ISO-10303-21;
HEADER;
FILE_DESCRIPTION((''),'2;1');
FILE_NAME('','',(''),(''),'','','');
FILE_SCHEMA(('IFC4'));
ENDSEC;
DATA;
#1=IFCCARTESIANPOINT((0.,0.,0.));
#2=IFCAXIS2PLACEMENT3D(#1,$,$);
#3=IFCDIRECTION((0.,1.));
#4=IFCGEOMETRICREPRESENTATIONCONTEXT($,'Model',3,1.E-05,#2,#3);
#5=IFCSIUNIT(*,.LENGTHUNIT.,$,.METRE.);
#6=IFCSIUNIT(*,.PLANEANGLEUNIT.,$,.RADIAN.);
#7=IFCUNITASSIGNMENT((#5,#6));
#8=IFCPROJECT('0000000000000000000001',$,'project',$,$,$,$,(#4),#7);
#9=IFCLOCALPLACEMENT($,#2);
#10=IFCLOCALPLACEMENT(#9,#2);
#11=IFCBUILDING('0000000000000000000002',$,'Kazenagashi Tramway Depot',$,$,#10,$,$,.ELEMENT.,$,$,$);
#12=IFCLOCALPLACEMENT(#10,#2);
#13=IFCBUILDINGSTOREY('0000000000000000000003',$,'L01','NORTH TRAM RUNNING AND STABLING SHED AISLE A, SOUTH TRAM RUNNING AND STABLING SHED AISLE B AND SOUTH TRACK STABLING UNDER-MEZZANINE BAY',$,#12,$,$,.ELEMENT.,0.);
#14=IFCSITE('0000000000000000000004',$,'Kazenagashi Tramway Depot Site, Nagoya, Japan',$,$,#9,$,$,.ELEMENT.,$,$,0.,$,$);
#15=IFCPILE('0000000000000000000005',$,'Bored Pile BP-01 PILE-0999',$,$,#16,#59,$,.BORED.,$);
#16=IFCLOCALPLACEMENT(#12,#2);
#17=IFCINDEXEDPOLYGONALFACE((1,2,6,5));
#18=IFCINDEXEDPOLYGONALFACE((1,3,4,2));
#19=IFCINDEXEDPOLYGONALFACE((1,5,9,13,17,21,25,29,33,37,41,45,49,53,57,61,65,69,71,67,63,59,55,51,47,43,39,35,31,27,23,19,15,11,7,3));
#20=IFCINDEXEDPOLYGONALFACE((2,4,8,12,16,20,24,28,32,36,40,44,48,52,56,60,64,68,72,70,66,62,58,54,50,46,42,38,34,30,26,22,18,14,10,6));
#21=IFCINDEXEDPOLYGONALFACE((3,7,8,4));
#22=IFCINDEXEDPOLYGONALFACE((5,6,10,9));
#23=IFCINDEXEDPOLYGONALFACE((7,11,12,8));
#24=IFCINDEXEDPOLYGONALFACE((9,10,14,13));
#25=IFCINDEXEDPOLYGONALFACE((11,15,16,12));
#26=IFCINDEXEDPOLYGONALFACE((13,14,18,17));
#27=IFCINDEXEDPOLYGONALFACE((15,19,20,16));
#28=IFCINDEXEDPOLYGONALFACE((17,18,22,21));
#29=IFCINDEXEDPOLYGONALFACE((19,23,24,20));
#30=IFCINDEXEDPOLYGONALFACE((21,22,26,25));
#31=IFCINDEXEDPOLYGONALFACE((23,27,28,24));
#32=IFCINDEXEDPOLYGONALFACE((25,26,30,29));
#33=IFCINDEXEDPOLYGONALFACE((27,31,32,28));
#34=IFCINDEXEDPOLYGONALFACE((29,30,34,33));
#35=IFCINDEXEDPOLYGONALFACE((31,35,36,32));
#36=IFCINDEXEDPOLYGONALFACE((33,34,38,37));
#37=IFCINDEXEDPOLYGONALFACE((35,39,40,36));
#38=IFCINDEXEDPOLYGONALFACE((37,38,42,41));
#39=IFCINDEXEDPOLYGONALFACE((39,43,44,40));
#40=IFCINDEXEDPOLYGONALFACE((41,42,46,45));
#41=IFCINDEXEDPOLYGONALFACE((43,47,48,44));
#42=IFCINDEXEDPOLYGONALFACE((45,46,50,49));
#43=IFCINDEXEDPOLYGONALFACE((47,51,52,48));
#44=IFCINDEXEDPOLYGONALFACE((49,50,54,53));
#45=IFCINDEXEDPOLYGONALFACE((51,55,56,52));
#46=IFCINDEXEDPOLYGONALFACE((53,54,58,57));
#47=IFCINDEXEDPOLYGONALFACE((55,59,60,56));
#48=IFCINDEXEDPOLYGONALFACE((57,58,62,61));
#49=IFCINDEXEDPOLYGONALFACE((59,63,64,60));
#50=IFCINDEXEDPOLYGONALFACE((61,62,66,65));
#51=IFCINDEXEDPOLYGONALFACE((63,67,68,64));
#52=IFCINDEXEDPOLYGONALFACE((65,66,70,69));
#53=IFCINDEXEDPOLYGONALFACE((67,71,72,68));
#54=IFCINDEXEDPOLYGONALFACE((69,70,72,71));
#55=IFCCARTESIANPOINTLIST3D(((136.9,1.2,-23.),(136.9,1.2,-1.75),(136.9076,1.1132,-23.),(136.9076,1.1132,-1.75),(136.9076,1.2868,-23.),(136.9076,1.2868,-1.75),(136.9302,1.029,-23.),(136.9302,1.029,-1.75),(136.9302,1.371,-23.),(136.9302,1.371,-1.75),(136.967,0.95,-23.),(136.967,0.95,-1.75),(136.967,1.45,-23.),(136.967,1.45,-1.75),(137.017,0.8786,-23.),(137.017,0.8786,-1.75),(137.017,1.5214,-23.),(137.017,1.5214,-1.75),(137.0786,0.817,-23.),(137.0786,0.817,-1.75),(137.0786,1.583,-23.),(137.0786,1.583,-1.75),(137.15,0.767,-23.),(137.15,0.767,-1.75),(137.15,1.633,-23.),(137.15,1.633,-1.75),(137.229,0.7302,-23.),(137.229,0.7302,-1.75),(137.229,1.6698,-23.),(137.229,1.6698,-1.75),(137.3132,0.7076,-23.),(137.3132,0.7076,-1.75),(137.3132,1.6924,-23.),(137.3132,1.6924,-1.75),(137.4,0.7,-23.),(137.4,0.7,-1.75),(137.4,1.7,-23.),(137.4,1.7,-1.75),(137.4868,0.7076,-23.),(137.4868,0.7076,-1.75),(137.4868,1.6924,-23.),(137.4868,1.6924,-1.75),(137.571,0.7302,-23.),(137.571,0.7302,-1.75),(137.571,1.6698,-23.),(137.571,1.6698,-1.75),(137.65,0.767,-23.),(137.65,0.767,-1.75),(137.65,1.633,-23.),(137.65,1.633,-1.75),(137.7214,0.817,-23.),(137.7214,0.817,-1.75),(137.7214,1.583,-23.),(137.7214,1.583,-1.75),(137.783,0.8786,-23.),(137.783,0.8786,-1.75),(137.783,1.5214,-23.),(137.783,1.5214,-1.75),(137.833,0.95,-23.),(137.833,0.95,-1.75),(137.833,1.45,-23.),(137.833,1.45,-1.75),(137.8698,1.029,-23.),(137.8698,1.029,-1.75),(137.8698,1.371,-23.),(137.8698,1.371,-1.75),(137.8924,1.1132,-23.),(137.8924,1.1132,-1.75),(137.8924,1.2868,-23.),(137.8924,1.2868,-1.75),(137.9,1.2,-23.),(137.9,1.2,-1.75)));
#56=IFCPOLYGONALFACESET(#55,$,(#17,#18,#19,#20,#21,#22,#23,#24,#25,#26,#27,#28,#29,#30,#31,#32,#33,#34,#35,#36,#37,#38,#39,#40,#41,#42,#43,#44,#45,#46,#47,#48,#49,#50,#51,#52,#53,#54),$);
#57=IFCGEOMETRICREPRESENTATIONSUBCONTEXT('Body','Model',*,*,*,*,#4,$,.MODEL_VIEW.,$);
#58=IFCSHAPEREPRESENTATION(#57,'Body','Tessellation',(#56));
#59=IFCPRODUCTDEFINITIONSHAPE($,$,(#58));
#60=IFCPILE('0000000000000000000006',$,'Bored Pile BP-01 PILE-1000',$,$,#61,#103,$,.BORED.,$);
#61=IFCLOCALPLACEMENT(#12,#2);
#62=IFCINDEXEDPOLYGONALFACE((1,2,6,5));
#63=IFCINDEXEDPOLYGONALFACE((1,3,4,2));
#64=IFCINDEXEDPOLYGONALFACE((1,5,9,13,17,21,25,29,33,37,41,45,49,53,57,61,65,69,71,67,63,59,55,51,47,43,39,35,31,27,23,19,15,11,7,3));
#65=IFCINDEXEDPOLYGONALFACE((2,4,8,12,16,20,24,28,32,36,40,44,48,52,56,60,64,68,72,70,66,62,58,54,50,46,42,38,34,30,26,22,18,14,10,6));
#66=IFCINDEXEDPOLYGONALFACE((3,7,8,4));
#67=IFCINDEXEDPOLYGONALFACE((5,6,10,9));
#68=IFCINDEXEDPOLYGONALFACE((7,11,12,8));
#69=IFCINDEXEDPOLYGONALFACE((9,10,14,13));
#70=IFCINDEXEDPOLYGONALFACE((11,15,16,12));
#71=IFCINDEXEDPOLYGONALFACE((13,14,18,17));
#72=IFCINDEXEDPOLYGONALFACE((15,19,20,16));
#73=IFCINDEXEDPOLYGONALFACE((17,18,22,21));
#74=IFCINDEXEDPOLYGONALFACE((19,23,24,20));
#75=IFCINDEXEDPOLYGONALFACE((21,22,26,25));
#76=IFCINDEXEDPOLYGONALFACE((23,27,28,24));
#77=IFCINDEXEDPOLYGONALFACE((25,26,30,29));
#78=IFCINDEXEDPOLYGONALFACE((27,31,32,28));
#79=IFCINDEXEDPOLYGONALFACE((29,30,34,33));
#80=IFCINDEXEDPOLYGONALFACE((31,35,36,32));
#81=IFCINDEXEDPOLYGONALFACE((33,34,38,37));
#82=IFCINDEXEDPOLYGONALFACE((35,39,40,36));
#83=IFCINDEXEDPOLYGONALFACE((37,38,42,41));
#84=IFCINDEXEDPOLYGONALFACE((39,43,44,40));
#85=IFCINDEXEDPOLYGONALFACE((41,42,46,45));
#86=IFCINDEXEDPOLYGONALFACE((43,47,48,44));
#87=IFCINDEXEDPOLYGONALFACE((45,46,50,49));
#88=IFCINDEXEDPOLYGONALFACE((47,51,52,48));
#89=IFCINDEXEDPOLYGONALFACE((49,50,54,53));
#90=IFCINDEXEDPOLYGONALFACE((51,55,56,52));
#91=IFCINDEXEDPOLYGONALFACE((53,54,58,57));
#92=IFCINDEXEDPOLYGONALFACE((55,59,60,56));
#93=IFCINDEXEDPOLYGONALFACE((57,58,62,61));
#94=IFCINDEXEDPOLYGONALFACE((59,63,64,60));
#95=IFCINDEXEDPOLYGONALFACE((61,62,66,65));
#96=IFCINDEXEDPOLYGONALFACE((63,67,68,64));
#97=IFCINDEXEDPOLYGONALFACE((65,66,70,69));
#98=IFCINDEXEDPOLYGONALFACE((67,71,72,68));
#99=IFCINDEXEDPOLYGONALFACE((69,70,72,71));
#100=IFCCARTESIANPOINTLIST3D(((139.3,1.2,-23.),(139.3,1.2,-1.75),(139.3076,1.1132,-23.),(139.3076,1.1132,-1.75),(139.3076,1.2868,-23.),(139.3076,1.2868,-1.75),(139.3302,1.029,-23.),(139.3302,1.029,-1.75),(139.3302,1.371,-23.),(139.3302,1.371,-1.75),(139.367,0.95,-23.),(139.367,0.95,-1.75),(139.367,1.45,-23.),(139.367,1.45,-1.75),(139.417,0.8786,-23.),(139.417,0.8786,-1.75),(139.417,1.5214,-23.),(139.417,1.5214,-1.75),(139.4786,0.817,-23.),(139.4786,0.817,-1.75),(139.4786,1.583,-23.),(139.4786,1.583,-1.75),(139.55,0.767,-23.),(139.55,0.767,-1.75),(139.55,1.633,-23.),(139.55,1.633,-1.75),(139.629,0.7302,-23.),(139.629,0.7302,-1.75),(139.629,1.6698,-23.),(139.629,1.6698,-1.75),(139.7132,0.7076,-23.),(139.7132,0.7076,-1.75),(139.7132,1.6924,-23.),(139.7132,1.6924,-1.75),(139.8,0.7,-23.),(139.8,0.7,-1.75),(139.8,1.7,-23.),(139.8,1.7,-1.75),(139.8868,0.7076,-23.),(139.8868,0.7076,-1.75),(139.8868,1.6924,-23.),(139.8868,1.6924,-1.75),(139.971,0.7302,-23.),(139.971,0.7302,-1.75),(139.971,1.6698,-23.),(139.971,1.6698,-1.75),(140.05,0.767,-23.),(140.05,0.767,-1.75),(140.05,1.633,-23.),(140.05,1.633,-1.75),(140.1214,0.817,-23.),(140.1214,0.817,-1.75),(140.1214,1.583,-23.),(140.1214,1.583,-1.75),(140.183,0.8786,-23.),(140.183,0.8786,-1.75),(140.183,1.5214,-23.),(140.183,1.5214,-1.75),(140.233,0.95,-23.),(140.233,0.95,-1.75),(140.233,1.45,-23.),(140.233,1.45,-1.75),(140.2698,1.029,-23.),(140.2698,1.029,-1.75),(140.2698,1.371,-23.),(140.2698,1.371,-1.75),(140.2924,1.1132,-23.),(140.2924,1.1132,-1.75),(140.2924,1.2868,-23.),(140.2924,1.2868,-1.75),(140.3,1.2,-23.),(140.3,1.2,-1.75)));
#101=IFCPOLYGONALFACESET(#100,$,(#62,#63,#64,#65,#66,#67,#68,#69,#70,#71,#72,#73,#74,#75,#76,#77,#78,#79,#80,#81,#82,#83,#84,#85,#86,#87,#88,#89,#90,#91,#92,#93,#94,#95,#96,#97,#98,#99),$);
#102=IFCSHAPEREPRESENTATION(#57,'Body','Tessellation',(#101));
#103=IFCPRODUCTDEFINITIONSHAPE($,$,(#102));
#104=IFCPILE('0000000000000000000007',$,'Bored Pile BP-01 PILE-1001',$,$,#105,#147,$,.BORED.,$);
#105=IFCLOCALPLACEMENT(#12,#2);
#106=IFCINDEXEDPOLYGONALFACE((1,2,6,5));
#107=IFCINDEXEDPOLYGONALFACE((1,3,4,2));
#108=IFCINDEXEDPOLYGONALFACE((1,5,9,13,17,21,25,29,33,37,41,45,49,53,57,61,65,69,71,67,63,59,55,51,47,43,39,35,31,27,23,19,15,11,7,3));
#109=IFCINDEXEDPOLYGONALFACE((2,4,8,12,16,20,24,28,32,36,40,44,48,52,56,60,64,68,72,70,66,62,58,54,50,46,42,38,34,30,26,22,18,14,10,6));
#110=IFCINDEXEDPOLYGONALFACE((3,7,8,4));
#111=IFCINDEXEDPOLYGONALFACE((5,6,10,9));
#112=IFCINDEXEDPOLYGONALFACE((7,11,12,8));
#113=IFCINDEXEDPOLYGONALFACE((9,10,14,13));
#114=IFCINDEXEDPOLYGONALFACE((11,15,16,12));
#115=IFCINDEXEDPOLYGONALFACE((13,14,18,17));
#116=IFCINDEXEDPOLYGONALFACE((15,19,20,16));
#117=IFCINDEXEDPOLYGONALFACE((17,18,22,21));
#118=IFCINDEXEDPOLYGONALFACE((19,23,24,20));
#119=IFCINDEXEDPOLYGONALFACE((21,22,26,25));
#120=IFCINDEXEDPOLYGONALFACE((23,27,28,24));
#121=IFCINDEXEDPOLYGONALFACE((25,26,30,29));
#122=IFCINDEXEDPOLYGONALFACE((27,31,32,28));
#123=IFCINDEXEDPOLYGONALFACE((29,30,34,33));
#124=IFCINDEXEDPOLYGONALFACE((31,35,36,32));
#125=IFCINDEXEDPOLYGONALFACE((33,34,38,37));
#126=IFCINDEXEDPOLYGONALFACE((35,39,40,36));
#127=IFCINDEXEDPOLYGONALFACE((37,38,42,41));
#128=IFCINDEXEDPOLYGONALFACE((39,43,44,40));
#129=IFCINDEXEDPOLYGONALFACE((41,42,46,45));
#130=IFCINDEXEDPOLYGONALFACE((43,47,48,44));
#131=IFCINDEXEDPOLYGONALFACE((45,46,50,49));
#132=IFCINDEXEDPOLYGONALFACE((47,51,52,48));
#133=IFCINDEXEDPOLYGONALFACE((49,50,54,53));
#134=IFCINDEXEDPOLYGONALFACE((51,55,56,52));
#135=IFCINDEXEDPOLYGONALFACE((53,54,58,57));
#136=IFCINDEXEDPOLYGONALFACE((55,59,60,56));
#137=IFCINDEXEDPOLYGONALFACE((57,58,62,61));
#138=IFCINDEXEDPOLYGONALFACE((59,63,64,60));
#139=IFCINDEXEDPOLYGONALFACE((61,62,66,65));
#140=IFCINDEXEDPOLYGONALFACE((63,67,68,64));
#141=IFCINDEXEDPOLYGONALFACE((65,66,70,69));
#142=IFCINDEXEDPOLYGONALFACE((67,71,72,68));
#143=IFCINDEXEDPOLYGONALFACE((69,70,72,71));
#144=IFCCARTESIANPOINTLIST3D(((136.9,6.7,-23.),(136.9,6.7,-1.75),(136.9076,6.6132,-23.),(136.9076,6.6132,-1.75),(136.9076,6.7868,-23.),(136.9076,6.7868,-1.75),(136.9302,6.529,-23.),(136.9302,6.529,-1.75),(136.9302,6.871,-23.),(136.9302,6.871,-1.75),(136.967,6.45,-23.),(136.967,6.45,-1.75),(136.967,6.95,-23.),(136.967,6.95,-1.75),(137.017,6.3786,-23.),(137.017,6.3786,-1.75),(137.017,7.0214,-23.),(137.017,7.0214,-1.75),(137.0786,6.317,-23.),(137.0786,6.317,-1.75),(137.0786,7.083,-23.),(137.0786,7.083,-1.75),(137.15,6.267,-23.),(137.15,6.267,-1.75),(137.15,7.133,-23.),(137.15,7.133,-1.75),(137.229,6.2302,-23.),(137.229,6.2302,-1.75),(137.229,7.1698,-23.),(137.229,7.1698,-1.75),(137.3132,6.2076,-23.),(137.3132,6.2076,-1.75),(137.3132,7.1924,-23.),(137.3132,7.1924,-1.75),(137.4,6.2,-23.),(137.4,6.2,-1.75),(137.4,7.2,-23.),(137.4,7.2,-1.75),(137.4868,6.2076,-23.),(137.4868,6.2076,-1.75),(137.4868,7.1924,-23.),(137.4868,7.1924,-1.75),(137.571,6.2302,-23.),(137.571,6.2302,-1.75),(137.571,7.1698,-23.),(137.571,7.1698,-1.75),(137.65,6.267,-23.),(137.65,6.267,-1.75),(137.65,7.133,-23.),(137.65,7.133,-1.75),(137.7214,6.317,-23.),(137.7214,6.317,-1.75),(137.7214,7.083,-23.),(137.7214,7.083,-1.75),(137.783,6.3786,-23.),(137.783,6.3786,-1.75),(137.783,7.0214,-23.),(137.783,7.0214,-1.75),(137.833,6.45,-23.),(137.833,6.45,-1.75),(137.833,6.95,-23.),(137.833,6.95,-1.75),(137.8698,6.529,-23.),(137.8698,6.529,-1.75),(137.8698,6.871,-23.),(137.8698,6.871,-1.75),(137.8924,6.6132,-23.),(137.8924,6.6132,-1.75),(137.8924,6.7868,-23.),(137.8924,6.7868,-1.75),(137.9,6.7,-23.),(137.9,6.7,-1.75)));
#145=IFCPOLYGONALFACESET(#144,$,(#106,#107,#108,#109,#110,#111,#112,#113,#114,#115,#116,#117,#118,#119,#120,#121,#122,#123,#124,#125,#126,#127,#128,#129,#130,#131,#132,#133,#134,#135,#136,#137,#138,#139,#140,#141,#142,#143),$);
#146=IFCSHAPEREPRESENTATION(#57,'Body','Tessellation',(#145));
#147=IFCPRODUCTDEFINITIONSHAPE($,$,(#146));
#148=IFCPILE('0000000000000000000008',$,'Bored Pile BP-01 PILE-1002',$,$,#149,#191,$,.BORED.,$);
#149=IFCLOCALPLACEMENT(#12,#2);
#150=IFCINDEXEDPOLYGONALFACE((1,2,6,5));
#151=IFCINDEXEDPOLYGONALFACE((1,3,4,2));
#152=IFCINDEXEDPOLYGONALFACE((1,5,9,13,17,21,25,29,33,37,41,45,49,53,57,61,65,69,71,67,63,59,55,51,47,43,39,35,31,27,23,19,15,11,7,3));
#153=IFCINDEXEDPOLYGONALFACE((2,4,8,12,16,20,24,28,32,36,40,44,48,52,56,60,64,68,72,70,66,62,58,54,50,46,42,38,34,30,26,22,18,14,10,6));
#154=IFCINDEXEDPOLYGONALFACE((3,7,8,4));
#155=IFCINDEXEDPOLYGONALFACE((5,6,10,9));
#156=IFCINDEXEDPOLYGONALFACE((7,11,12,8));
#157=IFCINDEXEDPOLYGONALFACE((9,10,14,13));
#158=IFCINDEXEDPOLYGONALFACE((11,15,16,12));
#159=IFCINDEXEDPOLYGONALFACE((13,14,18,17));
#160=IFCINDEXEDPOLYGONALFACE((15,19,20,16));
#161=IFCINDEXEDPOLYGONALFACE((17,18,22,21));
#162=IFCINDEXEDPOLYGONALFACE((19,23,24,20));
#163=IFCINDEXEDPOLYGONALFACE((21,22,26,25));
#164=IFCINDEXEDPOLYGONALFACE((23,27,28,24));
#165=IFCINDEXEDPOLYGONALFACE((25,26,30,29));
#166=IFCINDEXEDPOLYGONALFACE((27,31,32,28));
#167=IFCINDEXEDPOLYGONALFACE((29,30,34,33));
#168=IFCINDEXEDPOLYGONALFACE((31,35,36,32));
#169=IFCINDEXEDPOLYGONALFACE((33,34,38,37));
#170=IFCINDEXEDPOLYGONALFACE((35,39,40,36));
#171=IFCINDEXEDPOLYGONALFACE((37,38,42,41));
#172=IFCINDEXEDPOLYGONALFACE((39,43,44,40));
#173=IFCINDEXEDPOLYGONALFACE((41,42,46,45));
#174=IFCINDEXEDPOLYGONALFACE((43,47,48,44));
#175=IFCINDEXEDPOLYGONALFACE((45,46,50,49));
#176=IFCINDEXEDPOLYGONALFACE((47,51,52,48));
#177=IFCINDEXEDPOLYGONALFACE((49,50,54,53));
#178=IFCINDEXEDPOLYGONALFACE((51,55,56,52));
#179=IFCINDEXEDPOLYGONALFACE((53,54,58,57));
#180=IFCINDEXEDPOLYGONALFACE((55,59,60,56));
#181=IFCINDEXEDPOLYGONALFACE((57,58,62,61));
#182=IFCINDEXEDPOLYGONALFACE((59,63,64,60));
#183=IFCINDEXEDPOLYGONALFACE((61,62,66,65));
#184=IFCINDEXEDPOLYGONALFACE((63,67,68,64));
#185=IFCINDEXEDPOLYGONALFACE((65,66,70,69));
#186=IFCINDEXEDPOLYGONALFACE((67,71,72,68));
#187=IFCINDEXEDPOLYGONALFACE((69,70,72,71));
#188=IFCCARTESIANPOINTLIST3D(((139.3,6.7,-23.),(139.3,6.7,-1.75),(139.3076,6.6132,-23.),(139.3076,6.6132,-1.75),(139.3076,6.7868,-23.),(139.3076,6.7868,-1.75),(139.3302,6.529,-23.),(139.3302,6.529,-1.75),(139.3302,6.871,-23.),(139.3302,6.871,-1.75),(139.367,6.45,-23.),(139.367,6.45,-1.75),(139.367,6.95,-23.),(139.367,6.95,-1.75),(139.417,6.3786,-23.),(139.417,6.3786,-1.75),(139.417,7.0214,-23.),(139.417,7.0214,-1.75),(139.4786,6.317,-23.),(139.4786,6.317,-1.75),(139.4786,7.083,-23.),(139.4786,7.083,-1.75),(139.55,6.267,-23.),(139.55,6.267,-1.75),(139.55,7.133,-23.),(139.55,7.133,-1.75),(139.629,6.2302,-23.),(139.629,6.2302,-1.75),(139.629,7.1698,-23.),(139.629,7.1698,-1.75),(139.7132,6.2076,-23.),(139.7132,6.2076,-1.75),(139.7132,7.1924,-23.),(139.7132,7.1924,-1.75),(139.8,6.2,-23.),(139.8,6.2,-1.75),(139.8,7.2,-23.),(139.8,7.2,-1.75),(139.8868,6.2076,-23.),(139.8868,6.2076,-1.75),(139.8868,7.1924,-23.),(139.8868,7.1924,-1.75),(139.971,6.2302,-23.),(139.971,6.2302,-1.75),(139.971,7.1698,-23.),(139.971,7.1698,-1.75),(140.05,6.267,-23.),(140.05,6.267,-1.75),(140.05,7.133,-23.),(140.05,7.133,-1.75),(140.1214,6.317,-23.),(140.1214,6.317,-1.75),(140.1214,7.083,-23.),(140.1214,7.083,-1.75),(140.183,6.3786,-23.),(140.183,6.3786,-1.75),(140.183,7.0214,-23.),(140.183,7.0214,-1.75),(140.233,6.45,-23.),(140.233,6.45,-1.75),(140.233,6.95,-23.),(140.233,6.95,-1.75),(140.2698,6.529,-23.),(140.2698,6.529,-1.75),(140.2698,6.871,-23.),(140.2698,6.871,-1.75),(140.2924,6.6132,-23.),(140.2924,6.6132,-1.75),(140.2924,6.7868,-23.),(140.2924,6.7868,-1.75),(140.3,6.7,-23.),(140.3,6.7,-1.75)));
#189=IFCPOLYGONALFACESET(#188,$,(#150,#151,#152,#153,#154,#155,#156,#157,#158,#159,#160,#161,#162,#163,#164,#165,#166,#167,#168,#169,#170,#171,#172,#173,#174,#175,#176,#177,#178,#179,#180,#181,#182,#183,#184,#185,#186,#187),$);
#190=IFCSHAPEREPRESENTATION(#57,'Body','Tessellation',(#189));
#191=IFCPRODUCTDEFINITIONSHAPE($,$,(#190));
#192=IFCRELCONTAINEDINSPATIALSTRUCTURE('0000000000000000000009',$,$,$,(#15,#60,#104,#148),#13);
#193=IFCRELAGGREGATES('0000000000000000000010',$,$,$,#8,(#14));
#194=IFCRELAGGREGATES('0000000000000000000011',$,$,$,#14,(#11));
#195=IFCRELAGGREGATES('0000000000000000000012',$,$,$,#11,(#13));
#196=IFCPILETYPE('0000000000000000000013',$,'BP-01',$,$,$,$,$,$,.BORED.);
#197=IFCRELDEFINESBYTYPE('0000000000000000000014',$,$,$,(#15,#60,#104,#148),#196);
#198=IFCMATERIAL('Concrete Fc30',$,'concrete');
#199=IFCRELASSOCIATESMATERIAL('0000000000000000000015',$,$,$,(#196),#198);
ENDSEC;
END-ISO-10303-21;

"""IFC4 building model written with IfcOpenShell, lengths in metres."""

from ifc_helpers import new_model, si_unit, direction, frame, origin, origin_2d, place, context, subcontext, project, spatial, circle, extrude, material, material_profile, profile_set, type_object, element, save


model = new_model("IFC4")

# Units and contexts
model_context = context("Model", 3, precision=1e-05, world=origin(), true_north=direction((0.0, 1.0)))
body_context = subcontext(model_context, "Body", "Model", "MODEL_VIEW")
ifc_project = project(units=[si_unit("LENGTHUNIT", "METRE"), si_unit("PLANEANGLEUNIT", "RADIAN")], contexts=[model_context])

# Site, building, storey
site_placement = place(None, origin())
site = spatial("IfcSite", under=ifc_project, at=site_placement, Name="Kazenagashi Tramway Depot Site, Nagoya, Japan", CompositionType="ELEMENT", RefElevation=0.0)
building_placement = place(site_placement, origin())
building = spatial("IfcBuilding", under=site, at=building_placement, Name="Kazenagashi Tramway Depot", CompositionType="ELEMENT")
storey_placement = place(building_placement, origin())
storey = spatial("IfcBuildingStorey", under=building, at=storey_placement, Name="L01", Description="NORTH TRAM RUNNING AND STABLING SHED AISLE A, SOUTH TRAM RUNNING AND STABLING SHED AISLE B AND SOUTH TRACK STABLING UNDER-MEZZANINE BAY", CompositionType="ELEMENT", Elevation=0.0)

# Piles
ifc_material_1 = material(Name="Concrete Fc30", Category="concrete")
ifc_material_profile_1 = material_profile(ifc_material_1, circle(Radius=0.5, at=origin_2d()), Name="PILE-1000")
ifc_profile_set_1 = profile_set([ifc_material_profile_1], Name="Concrete Fc30")
pile_type = type_object("IfcPileType", Name="BP-01", PredefinedType="BORED", material=ifc_profile_set_1)
for number, where, z_axis, x_axis, name in (
    (1, (137.4, 1.2, -1.75), (0.0, 0.0, -1.0), (1.0, 0.0, 0.0), "Bored Pile BP-01 PILE-0999"),
    (2, (139.8, 1.2, -1.75), (0.0, 0.0, -1.0), (1.0, 0.0, 0.0), "Bored Pile BP-01 PILE-1000"),
    (3, (137.4, 6.7, -1.75), (0.0, 0.0, -1.0), (1.0, 0.0, 0.0), "Bored Pile BP-01 PILE-1001"),
    (4, (139.8, 6.7, -1.75), (0.0, 0.0, -1.0), (1.0, 0.0, 0.0), "Bored Pile BP-01 PILE-1002"),
):
    element("IfcPile", number, at=place(storey_placement, frame(where, z_axis=z_axis, x_axis=x_axis)), inside=storey, type_object=pile_type, Name=name, PredefinedType="BORED", context=body_context, shape_type="SweptSolid", body=[
        extrude(circle(Radius=0.5, at=origin_2d()), origin(), (0.0, 0.0, 1.0), 21.25),
    ])

save(model, "model.ifc")
